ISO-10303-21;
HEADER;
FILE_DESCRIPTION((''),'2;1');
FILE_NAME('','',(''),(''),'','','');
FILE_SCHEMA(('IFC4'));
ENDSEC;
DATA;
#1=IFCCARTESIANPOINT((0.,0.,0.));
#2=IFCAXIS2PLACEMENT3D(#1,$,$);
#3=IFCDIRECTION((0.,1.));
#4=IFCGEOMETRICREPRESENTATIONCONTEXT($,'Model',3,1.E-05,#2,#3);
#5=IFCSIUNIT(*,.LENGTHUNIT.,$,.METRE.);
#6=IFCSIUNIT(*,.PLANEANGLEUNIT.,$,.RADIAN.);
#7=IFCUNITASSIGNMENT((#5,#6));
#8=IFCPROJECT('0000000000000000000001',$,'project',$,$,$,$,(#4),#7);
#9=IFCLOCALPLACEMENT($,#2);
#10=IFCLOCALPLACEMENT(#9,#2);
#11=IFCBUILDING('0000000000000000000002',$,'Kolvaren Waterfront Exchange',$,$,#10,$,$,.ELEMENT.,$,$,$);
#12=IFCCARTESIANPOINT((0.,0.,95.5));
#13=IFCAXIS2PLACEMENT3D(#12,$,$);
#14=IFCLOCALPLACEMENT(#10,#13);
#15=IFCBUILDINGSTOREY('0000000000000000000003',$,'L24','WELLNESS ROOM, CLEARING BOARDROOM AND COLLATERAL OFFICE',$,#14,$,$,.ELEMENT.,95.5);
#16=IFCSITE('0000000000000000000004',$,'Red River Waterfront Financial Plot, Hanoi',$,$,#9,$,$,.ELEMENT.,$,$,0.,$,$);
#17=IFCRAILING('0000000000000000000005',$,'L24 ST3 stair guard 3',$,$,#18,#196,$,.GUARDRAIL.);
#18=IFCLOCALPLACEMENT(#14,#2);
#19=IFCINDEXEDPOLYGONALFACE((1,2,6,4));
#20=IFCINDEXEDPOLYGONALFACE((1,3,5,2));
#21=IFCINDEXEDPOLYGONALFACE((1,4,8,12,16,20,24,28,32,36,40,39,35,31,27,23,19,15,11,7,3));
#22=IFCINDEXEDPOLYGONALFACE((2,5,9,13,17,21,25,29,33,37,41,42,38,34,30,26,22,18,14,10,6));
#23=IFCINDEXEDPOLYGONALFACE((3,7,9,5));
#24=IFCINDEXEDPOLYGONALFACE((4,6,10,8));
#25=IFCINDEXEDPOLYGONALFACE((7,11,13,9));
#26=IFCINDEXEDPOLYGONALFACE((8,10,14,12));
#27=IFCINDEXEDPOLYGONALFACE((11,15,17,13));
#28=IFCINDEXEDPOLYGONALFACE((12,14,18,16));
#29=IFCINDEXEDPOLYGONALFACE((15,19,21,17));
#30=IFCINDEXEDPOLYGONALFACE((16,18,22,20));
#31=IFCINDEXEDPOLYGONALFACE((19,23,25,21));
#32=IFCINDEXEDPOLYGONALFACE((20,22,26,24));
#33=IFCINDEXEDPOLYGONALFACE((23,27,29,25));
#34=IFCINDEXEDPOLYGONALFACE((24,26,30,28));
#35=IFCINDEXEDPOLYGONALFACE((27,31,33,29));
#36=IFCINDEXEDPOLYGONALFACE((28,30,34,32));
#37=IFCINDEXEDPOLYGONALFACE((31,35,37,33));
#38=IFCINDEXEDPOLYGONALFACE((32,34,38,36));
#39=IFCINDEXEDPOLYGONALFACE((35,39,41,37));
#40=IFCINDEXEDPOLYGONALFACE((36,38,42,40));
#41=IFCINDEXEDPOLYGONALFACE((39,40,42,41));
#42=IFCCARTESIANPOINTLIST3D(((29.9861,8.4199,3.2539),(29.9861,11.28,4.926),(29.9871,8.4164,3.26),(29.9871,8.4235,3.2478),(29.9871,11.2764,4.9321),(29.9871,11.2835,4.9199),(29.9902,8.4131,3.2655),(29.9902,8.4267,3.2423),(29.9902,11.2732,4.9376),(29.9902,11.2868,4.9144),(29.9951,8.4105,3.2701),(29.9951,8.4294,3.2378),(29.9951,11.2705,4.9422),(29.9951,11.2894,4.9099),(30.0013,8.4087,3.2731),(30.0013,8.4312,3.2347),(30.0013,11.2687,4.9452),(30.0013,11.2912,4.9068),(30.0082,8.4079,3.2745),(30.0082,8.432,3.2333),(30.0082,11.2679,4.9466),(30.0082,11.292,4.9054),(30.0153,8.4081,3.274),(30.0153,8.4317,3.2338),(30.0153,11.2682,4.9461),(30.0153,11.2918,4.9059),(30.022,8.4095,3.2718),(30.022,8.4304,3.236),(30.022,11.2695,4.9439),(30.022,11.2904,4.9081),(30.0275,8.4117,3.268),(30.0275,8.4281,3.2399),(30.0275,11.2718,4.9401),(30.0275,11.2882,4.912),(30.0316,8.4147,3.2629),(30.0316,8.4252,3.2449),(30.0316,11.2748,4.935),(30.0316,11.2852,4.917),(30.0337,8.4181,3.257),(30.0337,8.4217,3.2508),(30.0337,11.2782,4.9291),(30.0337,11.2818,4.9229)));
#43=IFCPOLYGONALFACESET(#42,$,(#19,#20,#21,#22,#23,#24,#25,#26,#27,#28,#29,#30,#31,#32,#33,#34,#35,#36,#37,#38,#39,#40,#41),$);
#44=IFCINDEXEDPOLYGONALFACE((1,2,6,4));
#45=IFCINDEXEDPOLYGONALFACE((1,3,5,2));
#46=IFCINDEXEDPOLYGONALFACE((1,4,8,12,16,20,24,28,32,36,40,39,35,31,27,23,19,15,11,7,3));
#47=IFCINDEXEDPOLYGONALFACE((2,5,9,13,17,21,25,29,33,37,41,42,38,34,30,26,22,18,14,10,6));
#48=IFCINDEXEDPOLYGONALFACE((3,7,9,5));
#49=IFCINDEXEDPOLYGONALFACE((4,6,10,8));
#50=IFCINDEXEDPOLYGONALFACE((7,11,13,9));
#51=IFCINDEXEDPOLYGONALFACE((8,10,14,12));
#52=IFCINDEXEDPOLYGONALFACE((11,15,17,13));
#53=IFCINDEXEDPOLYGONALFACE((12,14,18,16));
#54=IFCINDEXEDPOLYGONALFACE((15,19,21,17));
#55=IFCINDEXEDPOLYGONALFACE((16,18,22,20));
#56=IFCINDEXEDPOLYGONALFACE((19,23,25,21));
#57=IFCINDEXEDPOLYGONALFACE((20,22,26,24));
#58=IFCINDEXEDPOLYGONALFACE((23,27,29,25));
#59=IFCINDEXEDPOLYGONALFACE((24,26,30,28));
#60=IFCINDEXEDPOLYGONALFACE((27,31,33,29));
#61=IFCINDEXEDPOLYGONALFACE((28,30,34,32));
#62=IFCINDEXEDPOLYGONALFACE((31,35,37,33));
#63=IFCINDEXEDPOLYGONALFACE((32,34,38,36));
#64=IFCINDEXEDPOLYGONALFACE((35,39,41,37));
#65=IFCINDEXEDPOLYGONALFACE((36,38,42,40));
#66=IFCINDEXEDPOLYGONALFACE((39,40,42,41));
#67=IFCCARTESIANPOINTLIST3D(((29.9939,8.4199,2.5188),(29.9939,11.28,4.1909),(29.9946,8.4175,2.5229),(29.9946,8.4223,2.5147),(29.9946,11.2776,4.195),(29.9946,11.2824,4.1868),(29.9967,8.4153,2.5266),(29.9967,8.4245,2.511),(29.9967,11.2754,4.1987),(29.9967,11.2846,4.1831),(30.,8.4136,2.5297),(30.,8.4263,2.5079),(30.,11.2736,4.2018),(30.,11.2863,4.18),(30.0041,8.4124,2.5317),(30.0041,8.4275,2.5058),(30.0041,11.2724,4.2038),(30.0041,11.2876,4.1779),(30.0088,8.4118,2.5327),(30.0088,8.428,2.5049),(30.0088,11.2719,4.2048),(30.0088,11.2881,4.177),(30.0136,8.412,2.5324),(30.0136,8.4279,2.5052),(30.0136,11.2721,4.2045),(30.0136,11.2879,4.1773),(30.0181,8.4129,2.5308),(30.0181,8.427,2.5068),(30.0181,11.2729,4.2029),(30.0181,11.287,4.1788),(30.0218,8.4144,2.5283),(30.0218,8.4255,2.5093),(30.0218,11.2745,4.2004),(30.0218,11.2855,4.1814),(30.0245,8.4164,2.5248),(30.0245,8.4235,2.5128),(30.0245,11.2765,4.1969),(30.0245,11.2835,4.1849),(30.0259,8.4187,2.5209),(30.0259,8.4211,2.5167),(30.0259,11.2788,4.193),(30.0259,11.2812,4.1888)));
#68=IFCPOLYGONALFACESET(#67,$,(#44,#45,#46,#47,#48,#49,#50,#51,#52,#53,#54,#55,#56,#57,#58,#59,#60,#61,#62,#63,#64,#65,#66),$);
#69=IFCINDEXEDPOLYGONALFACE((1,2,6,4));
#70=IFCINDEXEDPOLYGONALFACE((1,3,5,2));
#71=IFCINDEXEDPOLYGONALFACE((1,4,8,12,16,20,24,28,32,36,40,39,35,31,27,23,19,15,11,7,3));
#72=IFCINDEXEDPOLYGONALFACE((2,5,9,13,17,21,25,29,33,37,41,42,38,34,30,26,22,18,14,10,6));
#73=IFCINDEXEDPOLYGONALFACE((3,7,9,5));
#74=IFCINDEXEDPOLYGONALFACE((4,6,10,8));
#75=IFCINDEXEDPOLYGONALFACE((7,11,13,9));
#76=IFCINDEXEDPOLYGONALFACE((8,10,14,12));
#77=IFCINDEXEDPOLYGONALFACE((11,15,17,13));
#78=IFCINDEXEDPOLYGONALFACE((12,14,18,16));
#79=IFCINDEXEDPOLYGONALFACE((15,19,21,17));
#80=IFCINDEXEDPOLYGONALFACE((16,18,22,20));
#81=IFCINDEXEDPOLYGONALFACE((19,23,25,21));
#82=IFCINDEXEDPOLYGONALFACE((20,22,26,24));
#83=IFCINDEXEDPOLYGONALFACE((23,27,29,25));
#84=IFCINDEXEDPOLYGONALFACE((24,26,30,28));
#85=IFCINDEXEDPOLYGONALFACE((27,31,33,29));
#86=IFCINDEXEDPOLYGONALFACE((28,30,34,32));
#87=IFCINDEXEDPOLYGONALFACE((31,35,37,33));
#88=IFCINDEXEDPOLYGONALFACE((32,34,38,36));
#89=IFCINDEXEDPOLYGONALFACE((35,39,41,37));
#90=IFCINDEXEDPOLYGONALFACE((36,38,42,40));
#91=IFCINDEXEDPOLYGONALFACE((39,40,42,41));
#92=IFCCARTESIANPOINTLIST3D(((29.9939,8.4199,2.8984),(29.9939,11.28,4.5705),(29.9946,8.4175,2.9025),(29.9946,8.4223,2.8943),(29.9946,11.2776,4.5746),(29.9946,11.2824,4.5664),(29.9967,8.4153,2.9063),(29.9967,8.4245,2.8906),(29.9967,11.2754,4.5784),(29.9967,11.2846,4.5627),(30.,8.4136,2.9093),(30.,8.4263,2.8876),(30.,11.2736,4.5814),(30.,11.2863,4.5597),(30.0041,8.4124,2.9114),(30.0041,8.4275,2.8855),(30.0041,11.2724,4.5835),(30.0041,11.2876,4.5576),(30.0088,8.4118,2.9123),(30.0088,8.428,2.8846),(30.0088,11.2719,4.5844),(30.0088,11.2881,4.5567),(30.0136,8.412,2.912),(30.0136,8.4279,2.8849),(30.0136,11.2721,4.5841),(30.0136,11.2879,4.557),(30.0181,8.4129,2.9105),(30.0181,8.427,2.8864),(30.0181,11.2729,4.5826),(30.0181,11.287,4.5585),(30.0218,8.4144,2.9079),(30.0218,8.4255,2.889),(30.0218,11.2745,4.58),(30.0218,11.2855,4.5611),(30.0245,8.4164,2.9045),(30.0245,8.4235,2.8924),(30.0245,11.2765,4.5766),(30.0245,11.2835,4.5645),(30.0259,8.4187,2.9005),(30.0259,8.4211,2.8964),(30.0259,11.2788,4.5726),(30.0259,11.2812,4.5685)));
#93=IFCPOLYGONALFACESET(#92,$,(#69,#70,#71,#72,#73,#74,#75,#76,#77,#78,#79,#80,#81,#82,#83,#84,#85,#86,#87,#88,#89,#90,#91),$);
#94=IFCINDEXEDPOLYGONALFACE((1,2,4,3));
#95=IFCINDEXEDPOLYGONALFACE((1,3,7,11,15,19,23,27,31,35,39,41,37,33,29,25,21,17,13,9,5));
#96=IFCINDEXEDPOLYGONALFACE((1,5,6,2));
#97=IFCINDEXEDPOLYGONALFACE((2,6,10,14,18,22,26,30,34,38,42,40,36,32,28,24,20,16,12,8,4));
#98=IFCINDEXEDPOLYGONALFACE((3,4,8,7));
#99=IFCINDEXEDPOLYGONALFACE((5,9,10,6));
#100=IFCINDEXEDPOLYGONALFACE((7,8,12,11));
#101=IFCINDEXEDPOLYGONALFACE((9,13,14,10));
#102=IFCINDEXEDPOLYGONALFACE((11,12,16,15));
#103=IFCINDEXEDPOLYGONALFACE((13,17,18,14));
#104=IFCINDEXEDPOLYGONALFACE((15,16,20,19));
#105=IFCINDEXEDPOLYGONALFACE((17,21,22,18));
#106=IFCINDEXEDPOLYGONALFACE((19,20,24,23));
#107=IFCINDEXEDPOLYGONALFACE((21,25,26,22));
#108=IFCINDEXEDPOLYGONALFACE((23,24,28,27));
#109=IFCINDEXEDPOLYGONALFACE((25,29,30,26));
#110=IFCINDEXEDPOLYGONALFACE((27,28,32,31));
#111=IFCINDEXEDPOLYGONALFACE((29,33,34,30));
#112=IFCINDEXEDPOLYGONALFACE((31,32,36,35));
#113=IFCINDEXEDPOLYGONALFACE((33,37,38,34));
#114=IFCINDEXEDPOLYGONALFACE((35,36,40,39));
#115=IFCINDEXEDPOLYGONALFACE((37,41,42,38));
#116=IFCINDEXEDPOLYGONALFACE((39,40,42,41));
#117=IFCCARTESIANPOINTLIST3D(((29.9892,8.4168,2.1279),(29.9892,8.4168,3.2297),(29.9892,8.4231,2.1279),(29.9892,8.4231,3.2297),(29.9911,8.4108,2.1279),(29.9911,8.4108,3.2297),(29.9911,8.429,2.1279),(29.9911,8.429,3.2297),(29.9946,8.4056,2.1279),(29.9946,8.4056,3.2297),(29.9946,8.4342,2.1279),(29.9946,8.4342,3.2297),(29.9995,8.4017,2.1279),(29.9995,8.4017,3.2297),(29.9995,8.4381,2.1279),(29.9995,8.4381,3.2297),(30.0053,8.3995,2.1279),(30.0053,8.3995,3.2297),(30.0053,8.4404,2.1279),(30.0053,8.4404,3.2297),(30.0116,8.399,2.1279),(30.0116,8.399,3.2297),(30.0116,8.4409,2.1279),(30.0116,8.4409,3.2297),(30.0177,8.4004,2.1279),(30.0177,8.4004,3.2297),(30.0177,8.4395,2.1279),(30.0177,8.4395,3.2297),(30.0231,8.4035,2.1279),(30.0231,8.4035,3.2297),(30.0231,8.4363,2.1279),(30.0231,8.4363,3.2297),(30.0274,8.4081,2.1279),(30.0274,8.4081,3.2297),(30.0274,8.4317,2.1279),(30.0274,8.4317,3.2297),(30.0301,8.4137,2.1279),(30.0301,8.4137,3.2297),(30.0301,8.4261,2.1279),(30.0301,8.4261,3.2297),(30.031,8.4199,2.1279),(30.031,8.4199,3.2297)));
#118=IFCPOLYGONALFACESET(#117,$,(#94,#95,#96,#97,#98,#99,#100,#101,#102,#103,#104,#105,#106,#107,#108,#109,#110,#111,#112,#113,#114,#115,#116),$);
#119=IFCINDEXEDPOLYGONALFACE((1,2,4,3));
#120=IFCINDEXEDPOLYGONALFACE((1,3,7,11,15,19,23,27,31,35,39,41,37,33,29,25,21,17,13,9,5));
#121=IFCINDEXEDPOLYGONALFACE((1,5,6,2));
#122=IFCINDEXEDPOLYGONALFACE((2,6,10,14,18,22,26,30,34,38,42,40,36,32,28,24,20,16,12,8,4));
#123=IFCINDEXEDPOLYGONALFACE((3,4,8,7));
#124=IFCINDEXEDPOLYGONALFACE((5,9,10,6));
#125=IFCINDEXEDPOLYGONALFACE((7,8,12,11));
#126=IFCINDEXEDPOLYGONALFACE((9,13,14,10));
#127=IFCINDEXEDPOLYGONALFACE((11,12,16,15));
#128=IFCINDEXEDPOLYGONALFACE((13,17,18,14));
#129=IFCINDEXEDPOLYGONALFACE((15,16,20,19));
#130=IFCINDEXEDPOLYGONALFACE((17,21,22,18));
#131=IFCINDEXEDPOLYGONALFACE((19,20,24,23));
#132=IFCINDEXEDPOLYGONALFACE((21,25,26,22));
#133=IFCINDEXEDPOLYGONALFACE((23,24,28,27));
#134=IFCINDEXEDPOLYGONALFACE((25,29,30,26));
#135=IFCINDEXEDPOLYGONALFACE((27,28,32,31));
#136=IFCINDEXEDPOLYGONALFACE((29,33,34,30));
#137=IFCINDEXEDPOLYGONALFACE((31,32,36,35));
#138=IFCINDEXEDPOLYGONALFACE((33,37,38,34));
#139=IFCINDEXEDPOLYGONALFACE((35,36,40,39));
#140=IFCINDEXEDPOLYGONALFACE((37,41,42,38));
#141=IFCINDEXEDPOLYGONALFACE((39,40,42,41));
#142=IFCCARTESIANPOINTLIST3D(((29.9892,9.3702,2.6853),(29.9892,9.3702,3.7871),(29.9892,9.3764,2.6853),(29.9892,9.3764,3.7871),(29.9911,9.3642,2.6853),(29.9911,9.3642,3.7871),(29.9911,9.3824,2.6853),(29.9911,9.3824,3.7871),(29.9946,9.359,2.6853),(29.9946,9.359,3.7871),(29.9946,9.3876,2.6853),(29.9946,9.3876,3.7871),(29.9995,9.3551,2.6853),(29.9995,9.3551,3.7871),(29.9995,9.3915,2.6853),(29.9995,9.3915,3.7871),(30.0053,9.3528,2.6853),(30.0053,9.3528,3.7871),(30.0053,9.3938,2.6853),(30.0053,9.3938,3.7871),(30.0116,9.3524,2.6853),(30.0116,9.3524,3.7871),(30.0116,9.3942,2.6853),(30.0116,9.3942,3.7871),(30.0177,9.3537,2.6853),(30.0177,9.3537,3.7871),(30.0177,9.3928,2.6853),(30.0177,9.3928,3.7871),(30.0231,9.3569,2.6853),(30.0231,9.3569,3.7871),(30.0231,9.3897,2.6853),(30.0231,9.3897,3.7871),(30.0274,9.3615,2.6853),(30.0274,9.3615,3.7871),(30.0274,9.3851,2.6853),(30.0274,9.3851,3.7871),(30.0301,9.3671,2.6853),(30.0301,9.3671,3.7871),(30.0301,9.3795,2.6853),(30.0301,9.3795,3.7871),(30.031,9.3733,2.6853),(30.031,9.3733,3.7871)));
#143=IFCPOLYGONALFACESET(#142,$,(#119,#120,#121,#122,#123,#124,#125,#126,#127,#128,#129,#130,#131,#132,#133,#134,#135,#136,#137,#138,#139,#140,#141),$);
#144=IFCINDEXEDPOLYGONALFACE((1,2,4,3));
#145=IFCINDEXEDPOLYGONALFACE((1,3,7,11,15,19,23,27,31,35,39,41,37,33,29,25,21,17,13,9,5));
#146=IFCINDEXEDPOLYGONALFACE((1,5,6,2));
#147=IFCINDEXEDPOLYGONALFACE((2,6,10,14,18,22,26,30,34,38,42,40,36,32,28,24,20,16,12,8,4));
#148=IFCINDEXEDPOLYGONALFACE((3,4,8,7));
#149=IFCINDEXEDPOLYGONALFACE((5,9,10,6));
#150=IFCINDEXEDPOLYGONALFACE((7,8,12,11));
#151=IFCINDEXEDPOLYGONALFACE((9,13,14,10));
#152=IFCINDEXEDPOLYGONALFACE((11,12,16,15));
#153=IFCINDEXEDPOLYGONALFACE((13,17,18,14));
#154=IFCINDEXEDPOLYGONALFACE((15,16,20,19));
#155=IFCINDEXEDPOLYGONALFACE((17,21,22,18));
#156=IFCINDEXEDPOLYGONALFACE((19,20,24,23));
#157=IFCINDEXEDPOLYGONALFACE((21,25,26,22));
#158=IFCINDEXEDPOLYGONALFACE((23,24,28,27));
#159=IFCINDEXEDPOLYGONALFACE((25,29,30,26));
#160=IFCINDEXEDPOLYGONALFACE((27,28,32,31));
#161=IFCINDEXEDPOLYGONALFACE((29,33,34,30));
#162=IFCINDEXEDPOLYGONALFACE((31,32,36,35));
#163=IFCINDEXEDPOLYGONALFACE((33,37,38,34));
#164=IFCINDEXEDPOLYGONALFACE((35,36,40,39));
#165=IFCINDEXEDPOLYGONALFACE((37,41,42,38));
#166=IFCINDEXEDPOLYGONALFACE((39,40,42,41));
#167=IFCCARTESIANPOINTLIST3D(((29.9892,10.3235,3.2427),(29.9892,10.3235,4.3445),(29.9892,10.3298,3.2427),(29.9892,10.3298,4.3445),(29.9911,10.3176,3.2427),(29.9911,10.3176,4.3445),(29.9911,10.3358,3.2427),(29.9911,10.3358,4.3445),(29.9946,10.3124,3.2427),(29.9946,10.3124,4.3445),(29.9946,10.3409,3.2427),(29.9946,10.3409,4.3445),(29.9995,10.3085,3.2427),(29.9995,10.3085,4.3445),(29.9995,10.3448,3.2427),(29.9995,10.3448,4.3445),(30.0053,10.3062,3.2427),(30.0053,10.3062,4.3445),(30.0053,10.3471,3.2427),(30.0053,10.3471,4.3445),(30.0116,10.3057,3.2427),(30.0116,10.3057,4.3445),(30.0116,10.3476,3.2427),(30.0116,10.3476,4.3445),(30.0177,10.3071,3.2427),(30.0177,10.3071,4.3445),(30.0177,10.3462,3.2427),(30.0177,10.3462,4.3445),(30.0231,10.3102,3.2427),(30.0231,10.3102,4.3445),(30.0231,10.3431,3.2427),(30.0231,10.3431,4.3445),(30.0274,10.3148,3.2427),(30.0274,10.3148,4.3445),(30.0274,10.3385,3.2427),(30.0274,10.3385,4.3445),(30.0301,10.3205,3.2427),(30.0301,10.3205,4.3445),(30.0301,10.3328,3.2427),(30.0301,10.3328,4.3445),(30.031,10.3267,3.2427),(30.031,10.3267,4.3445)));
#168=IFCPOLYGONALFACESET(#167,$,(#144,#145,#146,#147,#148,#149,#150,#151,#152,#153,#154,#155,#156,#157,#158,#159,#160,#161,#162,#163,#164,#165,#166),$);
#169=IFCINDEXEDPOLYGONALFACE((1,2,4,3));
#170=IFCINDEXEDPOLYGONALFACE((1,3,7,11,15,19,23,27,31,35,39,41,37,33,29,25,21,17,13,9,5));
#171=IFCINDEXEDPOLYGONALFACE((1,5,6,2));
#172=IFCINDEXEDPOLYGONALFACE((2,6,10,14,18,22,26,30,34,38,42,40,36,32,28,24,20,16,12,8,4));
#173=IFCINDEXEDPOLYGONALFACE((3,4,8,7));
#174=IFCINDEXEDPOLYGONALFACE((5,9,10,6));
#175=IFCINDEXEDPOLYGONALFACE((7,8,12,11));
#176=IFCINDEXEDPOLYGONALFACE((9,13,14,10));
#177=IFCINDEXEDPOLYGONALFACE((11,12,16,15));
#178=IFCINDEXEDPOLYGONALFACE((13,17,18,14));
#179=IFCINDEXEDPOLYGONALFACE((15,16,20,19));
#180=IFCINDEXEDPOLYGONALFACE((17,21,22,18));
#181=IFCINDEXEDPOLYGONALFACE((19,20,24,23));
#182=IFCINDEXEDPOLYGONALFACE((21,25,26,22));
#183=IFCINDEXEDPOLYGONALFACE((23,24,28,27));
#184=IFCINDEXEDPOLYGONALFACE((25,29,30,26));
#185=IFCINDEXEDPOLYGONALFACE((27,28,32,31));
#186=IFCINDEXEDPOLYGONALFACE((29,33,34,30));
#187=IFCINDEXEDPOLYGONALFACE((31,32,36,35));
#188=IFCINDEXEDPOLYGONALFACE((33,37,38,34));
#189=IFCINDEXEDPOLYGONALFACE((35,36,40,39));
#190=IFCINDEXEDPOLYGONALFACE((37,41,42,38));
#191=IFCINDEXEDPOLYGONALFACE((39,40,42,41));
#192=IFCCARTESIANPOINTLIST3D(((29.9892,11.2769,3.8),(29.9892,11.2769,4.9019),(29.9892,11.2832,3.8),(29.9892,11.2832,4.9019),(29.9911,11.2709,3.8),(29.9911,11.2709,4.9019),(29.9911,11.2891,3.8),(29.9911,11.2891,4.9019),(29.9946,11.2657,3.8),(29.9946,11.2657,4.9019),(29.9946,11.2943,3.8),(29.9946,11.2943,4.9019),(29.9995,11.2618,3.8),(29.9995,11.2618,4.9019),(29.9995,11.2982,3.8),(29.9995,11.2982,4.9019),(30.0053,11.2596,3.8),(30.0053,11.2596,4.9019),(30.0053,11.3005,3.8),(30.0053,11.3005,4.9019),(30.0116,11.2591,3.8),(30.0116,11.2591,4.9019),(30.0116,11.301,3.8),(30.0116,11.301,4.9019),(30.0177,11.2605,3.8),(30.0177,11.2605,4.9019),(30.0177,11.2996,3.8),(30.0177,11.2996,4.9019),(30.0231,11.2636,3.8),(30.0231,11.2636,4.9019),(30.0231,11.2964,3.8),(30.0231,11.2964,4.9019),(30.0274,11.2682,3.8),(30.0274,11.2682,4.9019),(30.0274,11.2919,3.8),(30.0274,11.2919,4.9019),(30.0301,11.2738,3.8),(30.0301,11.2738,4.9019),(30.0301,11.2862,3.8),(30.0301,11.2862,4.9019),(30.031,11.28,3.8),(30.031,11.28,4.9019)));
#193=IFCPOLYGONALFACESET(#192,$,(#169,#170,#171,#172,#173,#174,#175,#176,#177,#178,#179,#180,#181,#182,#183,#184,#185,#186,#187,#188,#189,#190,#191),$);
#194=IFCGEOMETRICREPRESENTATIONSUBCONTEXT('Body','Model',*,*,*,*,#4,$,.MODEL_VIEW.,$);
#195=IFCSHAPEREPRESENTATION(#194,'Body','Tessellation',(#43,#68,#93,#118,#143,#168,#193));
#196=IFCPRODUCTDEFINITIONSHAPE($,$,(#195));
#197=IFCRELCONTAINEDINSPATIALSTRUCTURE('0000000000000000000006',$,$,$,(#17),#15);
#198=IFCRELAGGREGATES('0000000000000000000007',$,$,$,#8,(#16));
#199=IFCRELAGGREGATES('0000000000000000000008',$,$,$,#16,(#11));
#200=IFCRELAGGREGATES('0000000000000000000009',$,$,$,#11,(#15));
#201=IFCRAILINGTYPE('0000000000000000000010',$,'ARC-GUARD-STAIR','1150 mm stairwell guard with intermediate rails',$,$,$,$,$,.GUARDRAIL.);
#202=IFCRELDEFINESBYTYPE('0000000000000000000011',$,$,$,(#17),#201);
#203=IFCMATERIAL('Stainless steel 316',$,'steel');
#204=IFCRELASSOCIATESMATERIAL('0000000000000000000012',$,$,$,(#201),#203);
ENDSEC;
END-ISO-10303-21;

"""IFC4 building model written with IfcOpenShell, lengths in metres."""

from ifc_helpers import new_model, si_unit, direction, frame, origin, origin_2d, place, context, subcontext, project, spatial, circle, extrude, material, type_object, element, save


model = new_model("IFC4")

# Units and contexts
model_context = context("Model", 3, precision=1e-05, world=origin(), true_north=direction((0.0, 1.0)))
body_context = subcontext(model_context, "Body", "Model", "MODEL_VIEW")
ifc_project = project(units=[si_unit("LENGTHUNIT", "METRE"), si_unit("PLANEANGLEUNIT", "RADIAN")], contexts=[model_context])

# Site, building, storey
site_placement = place(None, origin())
site = spatial("IfcSite", under=ifc_project, at=site_placement, Name="Red River Waterfront Financial Plot, Hanoi", CompositionType="ELEMENT", RefElevation=0.0)
building_placement = place(site_placement, origin())
building = spatial("IfcBuilding", under=site, at=building_placement, Name="Kolvaren Waterfront Exchange", CompositionType="ELEMENT")
storey_placement = place(building_placement, frame((0.0, 0.0, 95.5)))
storey = spatial("IfcBuildingStorey", under=building, at=storey_placement, Name="L24", Description="WELLNESS ROOM, CLEARING BOARDROOM AND COLLATERAL OFFICE", CompositionType="ELEMENT", Elevation=95.5)

# Railing
ifc_material_1 = material(Name="Stainless steel 316", Category="steel")
railing_type_1 = type_object("IfcRailingType", Name="ARC-GUARD-STAIR", Description="1150 mm stairwell guard with intermediate rails", PredefinedType="GUARDRAIL", material=ifc_material_1)
railing_1_placement = place(storey_placement, frame((30.01, 8.4199, 2.1279)))
element("IfcRailing", 1, at=railing_1_placement, inside=storey, type_object=railing_type_1, Name="L24 ST3 stair guard 3", PredefinedType="GUARDRAIL", context=body_context, shape_type="SweptSolid", body=[
    extrude(circle(Radius=0.0239, at=origin_2d()), frame((0.0, 0.0, 1.126), z_axis=(0.0, 0.863289, 0.504709), x_axis=(-1.0, 0.0, 0.0)), (0.0, 0.0, 1.0), 3.313),
    extrude(circle(Radius=0.0161, at=origin_2d()), frame((0.0, 0.0, 0.3909), z_axis=(0.0, 0.863289, 0.504709), x_axis=(-1.0, 0.0, 0.0)), (0.0, 0.0, 1.0), 3.313),
    extrude(circle(Radius=0.0161, at=origin_2d()), frame((0.0, 0.0, 0.7705), z_axis=(0.0, 0.863289, 0.504709), x_axis=(-1.0, 0.0, 0.0)), (0.0, 0.0, 1.0), 3.313),
    extrude(circle(Radius=0.021, at=origin_2d()), origin(), (0.0, 0.0, 1.0), 1.1018),
    extrude(circle(Radius=0.021, at=origin_2d()), frame((0.0, 0.9534, 0.5574)), (0.0, 0.0, 1.0), 1.1018),
    extrude(circle(Radius=0.021, at=origin_2d()), frame((0.0, 1.9067, 1.1147)), (0.0, 0.0, 1.0), 1.1018),
    extrude(circle(Radius=0.021, at=origin_2d()), frame((0.0, 2.8601, 1.6721)), (0.0, 0.0, 1.0), 1.1018),
])

save(model, "model.ifc")
